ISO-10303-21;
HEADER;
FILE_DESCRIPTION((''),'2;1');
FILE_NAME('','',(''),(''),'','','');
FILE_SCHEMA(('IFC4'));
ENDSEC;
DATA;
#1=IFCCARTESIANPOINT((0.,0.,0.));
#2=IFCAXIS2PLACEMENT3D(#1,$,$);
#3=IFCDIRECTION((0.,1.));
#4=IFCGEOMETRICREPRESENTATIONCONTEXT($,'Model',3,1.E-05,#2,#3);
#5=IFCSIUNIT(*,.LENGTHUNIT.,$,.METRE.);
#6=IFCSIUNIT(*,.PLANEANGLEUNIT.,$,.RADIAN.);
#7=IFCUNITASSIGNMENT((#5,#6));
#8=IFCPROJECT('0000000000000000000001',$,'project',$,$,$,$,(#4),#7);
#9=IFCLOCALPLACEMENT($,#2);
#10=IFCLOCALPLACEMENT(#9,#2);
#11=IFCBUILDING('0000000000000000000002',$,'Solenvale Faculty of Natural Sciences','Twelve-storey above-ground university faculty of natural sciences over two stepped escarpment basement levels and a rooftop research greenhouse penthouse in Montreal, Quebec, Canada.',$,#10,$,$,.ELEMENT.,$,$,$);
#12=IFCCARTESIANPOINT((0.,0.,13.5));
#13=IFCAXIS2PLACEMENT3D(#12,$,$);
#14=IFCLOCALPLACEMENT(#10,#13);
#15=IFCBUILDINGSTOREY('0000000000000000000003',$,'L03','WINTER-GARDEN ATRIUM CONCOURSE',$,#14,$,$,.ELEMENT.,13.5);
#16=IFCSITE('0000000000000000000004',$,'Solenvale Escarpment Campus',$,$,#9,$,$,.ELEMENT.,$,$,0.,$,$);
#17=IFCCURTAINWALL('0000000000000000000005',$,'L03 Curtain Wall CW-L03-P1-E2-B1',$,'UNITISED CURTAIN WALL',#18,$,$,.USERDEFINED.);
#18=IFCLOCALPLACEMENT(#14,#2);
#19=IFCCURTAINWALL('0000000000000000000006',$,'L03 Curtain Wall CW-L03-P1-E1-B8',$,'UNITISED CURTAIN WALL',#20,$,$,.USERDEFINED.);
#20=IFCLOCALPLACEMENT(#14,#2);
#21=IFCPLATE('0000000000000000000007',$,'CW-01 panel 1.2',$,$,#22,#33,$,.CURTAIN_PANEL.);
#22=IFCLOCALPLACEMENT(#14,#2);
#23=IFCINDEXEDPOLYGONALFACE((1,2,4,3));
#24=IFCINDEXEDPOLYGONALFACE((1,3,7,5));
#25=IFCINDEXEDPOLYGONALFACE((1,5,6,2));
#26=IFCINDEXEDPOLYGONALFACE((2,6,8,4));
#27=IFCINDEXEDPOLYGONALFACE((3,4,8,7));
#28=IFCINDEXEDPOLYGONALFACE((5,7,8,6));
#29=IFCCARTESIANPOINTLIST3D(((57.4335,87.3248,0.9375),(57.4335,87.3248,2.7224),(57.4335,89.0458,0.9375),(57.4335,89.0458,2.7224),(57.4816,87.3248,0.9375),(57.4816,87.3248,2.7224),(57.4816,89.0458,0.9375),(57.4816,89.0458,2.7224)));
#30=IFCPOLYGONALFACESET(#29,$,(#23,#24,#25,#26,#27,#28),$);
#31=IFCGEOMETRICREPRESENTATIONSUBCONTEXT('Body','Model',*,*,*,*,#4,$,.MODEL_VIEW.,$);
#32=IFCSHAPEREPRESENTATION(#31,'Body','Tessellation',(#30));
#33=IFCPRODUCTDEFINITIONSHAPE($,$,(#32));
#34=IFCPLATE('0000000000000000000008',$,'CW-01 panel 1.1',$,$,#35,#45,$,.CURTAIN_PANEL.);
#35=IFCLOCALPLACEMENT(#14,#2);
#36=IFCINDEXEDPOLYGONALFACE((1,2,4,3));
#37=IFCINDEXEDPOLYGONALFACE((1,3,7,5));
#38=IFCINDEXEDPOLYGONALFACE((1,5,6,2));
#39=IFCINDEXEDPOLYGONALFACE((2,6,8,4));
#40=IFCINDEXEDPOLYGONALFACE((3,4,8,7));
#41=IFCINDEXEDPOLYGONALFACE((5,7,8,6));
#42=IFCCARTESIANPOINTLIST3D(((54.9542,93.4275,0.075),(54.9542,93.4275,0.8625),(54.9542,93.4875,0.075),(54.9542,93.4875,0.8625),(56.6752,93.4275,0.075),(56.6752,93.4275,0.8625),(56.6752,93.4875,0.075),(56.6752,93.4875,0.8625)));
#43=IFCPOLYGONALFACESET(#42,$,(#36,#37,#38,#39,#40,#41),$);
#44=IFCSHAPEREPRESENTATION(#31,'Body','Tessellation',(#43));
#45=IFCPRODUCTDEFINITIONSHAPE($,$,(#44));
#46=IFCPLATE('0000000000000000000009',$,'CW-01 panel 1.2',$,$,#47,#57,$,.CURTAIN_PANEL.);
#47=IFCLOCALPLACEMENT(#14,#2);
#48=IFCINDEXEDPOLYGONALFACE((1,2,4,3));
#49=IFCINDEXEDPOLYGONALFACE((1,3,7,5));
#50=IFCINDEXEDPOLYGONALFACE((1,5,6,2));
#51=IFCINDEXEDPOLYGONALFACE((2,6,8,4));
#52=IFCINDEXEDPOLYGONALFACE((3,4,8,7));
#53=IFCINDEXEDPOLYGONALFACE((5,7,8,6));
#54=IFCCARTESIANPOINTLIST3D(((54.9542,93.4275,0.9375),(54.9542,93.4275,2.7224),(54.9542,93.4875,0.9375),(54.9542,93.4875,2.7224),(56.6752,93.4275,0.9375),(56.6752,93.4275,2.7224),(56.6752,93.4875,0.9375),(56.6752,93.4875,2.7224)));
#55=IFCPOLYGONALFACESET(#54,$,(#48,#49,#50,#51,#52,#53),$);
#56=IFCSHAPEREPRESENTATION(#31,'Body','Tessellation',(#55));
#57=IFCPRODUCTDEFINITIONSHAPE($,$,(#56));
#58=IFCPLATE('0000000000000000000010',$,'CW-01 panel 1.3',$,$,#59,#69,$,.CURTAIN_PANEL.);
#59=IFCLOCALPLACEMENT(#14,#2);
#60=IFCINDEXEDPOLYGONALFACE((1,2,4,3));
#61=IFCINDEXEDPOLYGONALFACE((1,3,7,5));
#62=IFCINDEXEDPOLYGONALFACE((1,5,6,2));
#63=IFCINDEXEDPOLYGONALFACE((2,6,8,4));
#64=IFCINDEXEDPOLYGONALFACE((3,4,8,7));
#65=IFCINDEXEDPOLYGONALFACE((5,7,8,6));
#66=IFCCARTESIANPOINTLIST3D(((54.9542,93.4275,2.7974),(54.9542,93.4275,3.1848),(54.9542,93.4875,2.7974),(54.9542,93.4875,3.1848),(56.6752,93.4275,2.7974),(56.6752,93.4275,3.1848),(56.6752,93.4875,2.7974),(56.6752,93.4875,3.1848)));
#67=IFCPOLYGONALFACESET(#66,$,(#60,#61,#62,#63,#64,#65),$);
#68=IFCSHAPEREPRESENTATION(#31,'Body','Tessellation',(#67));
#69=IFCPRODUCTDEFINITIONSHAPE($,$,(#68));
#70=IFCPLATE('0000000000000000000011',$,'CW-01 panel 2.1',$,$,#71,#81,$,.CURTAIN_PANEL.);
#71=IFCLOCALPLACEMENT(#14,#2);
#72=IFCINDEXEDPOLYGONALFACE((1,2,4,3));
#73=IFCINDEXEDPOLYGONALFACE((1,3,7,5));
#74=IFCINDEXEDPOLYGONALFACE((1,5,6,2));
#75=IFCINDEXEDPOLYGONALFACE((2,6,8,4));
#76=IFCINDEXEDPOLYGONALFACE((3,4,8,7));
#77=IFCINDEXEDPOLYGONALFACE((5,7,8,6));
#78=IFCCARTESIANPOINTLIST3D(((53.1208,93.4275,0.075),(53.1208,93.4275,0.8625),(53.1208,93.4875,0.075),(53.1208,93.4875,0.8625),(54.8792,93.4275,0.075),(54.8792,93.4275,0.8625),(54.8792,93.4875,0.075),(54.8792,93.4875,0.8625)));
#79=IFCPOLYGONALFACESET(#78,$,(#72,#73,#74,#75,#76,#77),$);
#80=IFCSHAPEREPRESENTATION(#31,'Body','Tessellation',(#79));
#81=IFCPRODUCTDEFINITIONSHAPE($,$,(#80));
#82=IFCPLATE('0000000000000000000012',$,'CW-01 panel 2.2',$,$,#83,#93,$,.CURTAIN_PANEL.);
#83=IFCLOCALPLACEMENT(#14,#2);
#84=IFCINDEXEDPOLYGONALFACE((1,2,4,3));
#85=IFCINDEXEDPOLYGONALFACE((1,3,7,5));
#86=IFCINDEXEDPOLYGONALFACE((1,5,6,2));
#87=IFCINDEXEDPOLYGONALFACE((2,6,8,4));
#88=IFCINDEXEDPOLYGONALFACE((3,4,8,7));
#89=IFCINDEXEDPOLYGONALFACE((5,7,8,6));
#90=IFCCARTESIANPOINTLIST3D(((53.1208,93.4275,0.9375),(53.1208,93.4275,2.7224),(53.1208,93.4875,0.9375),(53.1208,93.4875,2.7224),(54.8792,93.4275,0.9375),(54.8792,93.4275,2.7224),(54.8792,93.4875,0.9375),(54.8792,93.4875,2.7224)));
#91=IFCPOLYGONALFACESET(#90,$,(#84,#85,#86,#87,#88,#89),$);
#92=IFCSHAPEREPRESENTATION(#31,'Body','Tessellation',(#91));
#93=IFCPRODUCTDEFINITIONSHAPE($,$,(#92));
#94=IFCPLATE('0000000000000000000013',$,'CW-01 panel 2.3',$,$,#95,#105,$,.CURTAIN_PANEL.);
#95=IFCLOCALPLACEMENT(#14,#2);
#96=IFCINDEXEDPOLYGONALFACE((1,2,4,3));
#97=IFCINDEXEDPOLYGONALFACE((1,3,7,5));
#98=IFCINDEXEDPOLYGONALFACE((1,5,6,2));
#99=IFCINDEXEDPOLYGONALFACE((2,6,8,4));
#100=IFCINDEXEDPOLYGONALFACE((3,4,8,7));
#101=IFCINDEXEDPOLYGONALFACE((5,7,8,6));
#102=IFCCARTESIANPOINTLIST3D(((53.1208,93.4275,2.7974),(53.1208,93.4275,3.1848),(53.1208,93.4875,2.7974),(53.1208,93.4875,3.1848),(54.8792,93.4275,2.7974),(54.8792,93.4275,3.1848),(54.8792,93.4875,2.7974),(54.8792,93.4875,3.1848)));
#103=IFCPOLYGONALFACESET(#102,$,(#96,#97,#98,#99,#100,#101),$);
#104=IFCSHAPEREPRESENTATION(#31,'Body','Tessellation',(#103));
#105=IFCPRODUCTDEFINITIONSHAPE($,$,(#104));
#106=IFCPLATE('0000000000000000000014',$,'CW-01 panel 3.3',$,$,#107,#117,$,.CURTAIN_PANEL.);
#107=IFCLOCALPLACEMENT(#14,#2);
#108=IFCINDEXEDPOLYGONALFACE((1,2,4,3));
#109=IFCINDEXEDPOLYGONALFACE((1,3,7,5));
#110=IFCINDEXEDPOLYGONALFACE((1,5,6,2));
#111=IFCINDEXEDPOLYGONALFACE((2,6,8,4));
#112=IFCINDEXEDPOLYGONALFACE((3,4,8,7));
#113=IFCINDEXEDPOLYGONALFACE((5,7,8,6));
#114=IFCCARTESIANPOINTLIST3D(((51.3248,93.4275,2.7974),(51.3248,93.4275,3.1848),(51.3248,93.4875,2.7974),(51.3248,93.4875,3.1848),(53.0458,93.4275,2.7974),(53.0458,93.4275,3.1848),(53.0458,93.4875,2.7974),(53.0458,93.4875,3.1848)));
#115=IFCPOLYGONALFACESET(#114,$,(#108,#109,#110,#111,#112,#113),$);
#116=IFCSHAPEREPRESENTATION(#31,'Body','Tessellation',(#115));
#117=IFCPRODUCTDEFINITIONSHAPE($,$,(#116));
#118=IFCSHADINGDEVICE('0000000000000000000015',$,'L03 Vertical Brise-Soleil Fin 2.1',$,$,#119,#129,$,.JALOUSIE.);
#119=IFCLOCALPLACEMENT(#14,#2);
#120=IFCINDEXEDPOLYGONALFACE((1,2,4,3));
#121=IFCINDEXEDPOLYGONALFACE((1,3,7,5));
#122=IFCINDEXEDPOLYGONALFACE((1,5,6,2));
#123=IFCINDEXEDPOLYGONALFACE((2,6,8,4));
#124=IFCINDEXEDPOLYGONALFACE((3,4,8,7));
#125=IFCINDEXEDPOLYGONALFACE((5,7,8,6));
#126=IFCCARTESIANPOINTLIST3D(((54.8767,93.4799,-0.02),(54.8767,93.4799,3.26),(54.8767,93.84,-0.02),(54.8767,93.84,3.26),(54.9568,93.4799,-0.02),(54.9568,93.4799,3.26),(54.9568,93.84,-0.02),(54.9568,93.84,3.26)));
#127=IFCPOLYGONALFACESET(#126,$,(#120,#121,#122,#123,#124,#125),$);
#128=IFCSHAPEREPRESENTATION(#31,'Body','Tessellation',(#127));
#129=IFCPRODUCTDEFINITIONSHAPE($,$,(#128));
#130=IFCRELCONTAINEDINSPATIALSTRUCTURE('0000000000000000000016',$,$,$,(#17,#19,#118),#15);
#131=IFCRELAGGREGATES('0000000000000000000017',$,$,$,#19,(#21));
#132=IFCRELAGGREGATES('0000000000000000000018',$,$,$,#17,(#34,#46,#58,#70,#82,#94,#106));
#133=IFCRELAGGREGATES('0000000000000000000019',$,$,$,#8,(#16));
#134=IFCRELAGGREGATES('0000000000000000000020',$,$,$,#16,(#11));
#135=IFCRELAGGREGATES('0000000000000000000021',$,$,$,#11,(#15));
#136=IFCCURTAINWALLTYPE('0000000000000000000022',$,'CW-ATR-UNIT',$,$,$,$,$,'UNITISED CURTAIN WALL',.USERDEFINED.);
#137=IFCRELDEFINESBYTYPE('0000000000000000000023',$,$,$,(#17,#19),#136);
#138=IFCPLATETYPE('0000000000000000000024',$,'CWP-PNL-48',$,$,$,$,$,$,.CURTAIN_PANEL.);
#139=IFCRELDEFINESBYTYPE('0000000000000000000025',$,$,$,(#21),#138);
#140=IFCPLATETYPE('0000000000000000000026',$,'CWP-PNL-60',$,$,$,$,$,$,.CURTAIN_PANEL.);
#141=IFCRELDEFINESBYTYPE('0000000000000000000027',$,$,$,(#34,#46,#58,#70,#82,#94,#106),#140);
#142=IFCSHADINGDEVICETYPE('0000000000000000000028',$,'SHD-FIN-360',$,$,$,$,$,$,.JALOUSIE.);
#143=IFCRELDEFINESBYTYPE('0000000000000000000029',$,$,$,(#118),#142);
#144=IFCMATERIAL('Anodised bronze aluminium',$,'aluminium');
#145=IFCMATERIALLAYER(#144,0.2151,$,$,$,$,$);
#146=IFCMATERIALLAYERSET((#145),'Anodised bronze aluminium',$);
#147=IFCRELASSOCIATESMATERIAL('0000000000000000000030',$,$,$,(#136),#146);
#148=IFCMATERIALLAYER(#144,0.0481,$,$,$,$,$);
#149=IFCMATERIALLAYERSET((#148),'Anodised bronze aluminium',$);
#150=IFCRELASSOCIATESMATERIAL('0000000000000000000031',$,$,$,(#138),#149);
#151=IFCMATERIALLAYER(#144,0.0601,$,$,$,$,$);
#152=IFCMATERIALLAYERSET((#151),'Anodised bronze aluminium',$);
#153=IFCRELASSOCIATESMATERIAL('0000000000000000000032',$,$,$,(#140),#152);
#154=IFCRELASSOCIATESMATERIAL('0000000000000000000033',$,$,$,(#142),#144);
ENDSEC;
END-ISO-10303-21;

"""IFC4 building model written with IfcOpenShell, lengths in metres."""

from ifc_helpers import new_model, si_unit, direction, frame, origin, origin_2d, place, context, subcontext, project, spatial, rectangle, extrude, material, layer, layer_set, material_profile, profile_set, type_object, element, aggregate, save


model = new_model("IFC4")

# Units and contexts
model_context = context("Model", 3, precision=1e-05, world=origin(), true_north=direction((0.0, 1.0)))
body_context = subcontext(model_context, "Body", "Model", "MODEL_VIEW")
ifc_project = project(units=[si_unit("LENGTHUNIT", "METRE"), si_unit("PLANEANGLEUNIT", "RADIAN")], contexts=[model_context])

# Site, building, storey
site_placement = place(None, origin())
site = spatial("IfcSite", under=ifc_project, at=site_placement, Name="Solenvale Escarpment Campus", CompositionType="ELEMENT", RefElevation=0.0)
building_placement = place(site_placement, origin())
building = spatial("IfcBuilding", under=site, at=building_placement, Name="Solenvale Faculty of Natural Sciences", Description="Twelve-storey above-ground university faculty of natural sciences over two stepped escarpment basement levels and a rooftop research greenhouse penthouse in Montreal, Quebec, Canada.", CompositionType="ELEMENT")
storey_placement = place(building_placement, frame((0.0, 0.0, 13.5)))
storey = spatial("IfcBuildingStorey", under=building, at=storey_placement, Name="L03", Description="WINTER-GARDEN ATRIUM CONCOURSE", CompositionType="ELEMENT", Elevation=13.5)

# Curtain wall
ifc_material = material(Name="Anodised bronze aluminium", Category="aluminium")
ifc_layer_1 = layer(ifc_material, 0.2151)
ifc_layer_set_1 = layer_set([ifc_layer_1], Name="Anodised bronze aluminium")
curtain_wall_type = type_object("IfcCurtainWallType", Name="CW-ATR-UNIT", ElementType="UNITISED CURTAIN WALL", PredefinedType="USERDEFINED", material=ifc_layer_set_1)
curtain_wall_1_placement = place(storey_placement, origin())
curtain_wall_1 = element("IfcCurtainWall", 1, at=curtain_wall_1_placement, inside=storey, type_object=curtain_wall_type, Name="L03 Curtain Wall CW-L03-P1-E2-B1", ObjectType="UNITISED CURTAIN WALL", PredefinedType="USERDEFINED")

# Curtain wall, plate
curtain_wall_2_placement = place(storey_placement, origin())
curtain_wall_2 = element("IfcCurtainWall", 2, at=curtain_wall_2_placement, inside=storey, type_object=curtain_wall_type, Name="L03 Curtain Wall CW-L03-P1-E1-B8", ObjectType="UNITISED CURTAIN WALL", PredefinedType="USERDEFINED")
ifc_layer_2 = layer(ifc_material, 0.0481)
ifc_layer_set_2 = layer_set([ifc_layer_2], Name="Anodised bronze aluminium")
plate_type_1 = type_object("IfcPlateType", Name="CWP-PNL-48", PredefinedType="CURTAIN_PANEL", material=ifc_layer_set_2)
plate_1_placement = place(storey_placement, frame((57.4575, 88.1853, 0.9375), z_axis=(0.0, 0.0, 1.0), x_axis=(0.0, 1.0, 0.0)))
plate_1 = element("IfcPlate", 3, at=plate_1_placement, type_object=plate_type_1, Name="CW-01 panel 1.2", PredefinedType="CURTAIN_PANEL", context=body_context, shape_type="SweptSolid", body=[
    extrude(rectangle(XDim=1.7209, YDim=0.0481, at=origin_2d()), origin(), (0.0, 0.0, 1.0), 1.7849),
])
aggregate(curtain_wall_2, [plate_1])

# Plates
ifc_layer_3 = layer(ifc_material, 0.0601)
ifc_layer_set_3 = layer_set([ifc_layer_3], Name="Anodised bronze aluminium")
plate_type_2 = type_object("IfcPlateType", Name="CWP-PNL-60", PredefinedType="CURTAIN_PANEL", material=ifc_layer_set_3)
plate_2_placement = place(storey_placement, frame((55.8147, 93.4575, 0.075), z_axis=(0.0, 0.0, 1.0), x_axis=(-1.0, 0.0, 0.0)))
plate_2 = element("IfcPlate", 4, at=plate_2_placement, type_object=plate_type_2, Name="CW-01 panel 1.1", PredefinedType="CURTAIN_PANEL", context=body_context, shape_type="SweptSolid", body=[
    extrude(rectangle(XDim=1.7209, YDim=0.0601, at=origin_2d()), origin(), (0.0, 0.0, 1.0), 0.7876),
])
plate_3_placement = place(storey_placement, frame((55.8147, 93.4575, 0.9375), z_axis=(0.0, 0.0, 1.0), x_axis=(-1.0, 0.0, 0.0)))
plate_3 = element("IfcPlate", 5, at=plate_3_placement, type_object=plate_type_2, Name="CW-01 panel 1.2", PredefinedType="CURTAIN_PANEL", context=body_context, shape_type="SweptSolid", body=[
    extrude(rectangle(XDim=1.7209, YDim=0.0601, at=origin_2d()), origin(), (0.0, 0.0, 1.0), 1.7849),
])
plate_4_placement = place(storey_placement, frame((55.8147, 93.4575, 2.7974), z_axis=(0.0, 0.0, 1.0), x_axis=(-1.0, 0.0, 0.0)))
plate_4 = element("IfcPlate", 6, at=plate_4_placement, type_object=plate_type_2, Name="CW-01 panel 1.3", PredefinedType="CURTAIN_PANEL", context=body_context, shape_type="SweptSolid", body=[
    extrude(rectangle(XDim=1.7209, YDim=0.0601, at=origin_2d()), origin(), (0.0, 0.0, 1.0), 0.3875),
])
plate_5_placement = place(storey_placement, frame((54.0, 93.4575, 0.075), z_axis=(0.0, 0.0, 1.0), x_axis=(-1.0, 0.0, 0.0)))
plate_5 = element("IfcPlate", 7, at=plate_5_placement, type_object=plate_type_2, Name="CW-01 panel 2.1", PredefinedType="CURTAIN_PANEL", context=body_context, shape_type="SweptSolid", body=[
    extrude(rectangle(XDim=1.7583, YDim=0.0601, at=origin_2d()), origin(), (0.0, 0.0, 1.0), 0.7876),
])
plate_6_placement = place(storey_placement, frame((54.0, 93.4575, 0.9375), z_axis=(0.0, 0.0, 1.0), x_axis=(-1.0, 0.0, 0.0)))
plate_6 = element("IfcPlate", 8, at=plate_6_placement, type_object=plate_type_2, Name="CW-01 panel 2.2", PredefinedType="CURTAIN_PANEL", context=body_context, shape_type="SweptSolid", body=[
    extrude(rectangle(XDim=1.7583, YDim=0.0601, at=origin_2d()), origin(), (0.0, 0.0, 1.0), 1.7849),
])
plate_7_placement = place(storey_placement, frame((54.0, 93.4575, 2.7974), z_axis=(0.0, 0.0, 1.0), x_axis=(-1.0, 0.0, 0.0)))
plate_7 = element("IfcPlate", 9, at=plate_7_placement, type_object=plate_type_2, Name="CW-01 panel 2.3", PredefinedType="CURTAIN_PANEL", context=body_context, shape_type="SweptSolid", body=[
    extrude(rectangle(XDim=1.7583, YDim=0.0601, at=origin_2d()), origin(), (0.0, 0.0, 1.0), 0.3875),
])
plate_8_placement = place(storey_placement, frame((52.1853, 93.4575, 2.7974), z_axis=(0.0, 0.0, 1.0), x_axis=(-1.0, 0.0, 0.0)))
plate_8 = element("IfcPlate", 10, at=plate_8_placement, type_object=plate_type_2, Name="CW-01 panel 3.3", PredefinedType="CURTAIN_PANEL", context=body_context, shape_type="SweptSolid", body=[
    extrude(rectangle(XDim=1.7209, YDim=0.0601, at=origin_2d()), origin(), (0.0, 0.0, 1.0), 0.3875),
])
aggregate(curtain_wall_1, [plate_2, plate_3, plate_4, plate_5, plate_6, plate_7, plate_8])

# Shading device
ifc_material_profile_1 = material_profile(ifc_material, rectangle(XDim=0.0801, YDim=0.3601, at=origin_2d()), Name="ALU-FIN-80x360")
ifc_profile_set_1 = profile_set([ifc_material_profile_1], Name="Anodised bronze aluminium")
shading_device_type = type_object("IfcShadingDeviceType", Name="SHD-FIN-360", PredefinedType="JALOUSIE", material=ifc_profile_set_1)
shading_device_placement = place(storey_placement, frame((54.9167, 93.6599, -0.02), z_axis=(0.0, 0.0, 1.0), x_axis=(1.0, 0.0, 0.0)))
element("IfcShadingDevice", 11, at=shading_device_placement, inside=storey, type_object=shading_device_type, Name="L03 Vertical Brise-Soleil Fin 2.1", PredefinedType="JALOUSIE", context=body_context, shape_type="SweptSolid", body=[
    extrude(rectangle(XDim=0.0801, YDim=0.3601, at=origin_2d()), origin(), (0.0, 0.0, 1.0), 3.28),
])

save(model, "model.ifc")
